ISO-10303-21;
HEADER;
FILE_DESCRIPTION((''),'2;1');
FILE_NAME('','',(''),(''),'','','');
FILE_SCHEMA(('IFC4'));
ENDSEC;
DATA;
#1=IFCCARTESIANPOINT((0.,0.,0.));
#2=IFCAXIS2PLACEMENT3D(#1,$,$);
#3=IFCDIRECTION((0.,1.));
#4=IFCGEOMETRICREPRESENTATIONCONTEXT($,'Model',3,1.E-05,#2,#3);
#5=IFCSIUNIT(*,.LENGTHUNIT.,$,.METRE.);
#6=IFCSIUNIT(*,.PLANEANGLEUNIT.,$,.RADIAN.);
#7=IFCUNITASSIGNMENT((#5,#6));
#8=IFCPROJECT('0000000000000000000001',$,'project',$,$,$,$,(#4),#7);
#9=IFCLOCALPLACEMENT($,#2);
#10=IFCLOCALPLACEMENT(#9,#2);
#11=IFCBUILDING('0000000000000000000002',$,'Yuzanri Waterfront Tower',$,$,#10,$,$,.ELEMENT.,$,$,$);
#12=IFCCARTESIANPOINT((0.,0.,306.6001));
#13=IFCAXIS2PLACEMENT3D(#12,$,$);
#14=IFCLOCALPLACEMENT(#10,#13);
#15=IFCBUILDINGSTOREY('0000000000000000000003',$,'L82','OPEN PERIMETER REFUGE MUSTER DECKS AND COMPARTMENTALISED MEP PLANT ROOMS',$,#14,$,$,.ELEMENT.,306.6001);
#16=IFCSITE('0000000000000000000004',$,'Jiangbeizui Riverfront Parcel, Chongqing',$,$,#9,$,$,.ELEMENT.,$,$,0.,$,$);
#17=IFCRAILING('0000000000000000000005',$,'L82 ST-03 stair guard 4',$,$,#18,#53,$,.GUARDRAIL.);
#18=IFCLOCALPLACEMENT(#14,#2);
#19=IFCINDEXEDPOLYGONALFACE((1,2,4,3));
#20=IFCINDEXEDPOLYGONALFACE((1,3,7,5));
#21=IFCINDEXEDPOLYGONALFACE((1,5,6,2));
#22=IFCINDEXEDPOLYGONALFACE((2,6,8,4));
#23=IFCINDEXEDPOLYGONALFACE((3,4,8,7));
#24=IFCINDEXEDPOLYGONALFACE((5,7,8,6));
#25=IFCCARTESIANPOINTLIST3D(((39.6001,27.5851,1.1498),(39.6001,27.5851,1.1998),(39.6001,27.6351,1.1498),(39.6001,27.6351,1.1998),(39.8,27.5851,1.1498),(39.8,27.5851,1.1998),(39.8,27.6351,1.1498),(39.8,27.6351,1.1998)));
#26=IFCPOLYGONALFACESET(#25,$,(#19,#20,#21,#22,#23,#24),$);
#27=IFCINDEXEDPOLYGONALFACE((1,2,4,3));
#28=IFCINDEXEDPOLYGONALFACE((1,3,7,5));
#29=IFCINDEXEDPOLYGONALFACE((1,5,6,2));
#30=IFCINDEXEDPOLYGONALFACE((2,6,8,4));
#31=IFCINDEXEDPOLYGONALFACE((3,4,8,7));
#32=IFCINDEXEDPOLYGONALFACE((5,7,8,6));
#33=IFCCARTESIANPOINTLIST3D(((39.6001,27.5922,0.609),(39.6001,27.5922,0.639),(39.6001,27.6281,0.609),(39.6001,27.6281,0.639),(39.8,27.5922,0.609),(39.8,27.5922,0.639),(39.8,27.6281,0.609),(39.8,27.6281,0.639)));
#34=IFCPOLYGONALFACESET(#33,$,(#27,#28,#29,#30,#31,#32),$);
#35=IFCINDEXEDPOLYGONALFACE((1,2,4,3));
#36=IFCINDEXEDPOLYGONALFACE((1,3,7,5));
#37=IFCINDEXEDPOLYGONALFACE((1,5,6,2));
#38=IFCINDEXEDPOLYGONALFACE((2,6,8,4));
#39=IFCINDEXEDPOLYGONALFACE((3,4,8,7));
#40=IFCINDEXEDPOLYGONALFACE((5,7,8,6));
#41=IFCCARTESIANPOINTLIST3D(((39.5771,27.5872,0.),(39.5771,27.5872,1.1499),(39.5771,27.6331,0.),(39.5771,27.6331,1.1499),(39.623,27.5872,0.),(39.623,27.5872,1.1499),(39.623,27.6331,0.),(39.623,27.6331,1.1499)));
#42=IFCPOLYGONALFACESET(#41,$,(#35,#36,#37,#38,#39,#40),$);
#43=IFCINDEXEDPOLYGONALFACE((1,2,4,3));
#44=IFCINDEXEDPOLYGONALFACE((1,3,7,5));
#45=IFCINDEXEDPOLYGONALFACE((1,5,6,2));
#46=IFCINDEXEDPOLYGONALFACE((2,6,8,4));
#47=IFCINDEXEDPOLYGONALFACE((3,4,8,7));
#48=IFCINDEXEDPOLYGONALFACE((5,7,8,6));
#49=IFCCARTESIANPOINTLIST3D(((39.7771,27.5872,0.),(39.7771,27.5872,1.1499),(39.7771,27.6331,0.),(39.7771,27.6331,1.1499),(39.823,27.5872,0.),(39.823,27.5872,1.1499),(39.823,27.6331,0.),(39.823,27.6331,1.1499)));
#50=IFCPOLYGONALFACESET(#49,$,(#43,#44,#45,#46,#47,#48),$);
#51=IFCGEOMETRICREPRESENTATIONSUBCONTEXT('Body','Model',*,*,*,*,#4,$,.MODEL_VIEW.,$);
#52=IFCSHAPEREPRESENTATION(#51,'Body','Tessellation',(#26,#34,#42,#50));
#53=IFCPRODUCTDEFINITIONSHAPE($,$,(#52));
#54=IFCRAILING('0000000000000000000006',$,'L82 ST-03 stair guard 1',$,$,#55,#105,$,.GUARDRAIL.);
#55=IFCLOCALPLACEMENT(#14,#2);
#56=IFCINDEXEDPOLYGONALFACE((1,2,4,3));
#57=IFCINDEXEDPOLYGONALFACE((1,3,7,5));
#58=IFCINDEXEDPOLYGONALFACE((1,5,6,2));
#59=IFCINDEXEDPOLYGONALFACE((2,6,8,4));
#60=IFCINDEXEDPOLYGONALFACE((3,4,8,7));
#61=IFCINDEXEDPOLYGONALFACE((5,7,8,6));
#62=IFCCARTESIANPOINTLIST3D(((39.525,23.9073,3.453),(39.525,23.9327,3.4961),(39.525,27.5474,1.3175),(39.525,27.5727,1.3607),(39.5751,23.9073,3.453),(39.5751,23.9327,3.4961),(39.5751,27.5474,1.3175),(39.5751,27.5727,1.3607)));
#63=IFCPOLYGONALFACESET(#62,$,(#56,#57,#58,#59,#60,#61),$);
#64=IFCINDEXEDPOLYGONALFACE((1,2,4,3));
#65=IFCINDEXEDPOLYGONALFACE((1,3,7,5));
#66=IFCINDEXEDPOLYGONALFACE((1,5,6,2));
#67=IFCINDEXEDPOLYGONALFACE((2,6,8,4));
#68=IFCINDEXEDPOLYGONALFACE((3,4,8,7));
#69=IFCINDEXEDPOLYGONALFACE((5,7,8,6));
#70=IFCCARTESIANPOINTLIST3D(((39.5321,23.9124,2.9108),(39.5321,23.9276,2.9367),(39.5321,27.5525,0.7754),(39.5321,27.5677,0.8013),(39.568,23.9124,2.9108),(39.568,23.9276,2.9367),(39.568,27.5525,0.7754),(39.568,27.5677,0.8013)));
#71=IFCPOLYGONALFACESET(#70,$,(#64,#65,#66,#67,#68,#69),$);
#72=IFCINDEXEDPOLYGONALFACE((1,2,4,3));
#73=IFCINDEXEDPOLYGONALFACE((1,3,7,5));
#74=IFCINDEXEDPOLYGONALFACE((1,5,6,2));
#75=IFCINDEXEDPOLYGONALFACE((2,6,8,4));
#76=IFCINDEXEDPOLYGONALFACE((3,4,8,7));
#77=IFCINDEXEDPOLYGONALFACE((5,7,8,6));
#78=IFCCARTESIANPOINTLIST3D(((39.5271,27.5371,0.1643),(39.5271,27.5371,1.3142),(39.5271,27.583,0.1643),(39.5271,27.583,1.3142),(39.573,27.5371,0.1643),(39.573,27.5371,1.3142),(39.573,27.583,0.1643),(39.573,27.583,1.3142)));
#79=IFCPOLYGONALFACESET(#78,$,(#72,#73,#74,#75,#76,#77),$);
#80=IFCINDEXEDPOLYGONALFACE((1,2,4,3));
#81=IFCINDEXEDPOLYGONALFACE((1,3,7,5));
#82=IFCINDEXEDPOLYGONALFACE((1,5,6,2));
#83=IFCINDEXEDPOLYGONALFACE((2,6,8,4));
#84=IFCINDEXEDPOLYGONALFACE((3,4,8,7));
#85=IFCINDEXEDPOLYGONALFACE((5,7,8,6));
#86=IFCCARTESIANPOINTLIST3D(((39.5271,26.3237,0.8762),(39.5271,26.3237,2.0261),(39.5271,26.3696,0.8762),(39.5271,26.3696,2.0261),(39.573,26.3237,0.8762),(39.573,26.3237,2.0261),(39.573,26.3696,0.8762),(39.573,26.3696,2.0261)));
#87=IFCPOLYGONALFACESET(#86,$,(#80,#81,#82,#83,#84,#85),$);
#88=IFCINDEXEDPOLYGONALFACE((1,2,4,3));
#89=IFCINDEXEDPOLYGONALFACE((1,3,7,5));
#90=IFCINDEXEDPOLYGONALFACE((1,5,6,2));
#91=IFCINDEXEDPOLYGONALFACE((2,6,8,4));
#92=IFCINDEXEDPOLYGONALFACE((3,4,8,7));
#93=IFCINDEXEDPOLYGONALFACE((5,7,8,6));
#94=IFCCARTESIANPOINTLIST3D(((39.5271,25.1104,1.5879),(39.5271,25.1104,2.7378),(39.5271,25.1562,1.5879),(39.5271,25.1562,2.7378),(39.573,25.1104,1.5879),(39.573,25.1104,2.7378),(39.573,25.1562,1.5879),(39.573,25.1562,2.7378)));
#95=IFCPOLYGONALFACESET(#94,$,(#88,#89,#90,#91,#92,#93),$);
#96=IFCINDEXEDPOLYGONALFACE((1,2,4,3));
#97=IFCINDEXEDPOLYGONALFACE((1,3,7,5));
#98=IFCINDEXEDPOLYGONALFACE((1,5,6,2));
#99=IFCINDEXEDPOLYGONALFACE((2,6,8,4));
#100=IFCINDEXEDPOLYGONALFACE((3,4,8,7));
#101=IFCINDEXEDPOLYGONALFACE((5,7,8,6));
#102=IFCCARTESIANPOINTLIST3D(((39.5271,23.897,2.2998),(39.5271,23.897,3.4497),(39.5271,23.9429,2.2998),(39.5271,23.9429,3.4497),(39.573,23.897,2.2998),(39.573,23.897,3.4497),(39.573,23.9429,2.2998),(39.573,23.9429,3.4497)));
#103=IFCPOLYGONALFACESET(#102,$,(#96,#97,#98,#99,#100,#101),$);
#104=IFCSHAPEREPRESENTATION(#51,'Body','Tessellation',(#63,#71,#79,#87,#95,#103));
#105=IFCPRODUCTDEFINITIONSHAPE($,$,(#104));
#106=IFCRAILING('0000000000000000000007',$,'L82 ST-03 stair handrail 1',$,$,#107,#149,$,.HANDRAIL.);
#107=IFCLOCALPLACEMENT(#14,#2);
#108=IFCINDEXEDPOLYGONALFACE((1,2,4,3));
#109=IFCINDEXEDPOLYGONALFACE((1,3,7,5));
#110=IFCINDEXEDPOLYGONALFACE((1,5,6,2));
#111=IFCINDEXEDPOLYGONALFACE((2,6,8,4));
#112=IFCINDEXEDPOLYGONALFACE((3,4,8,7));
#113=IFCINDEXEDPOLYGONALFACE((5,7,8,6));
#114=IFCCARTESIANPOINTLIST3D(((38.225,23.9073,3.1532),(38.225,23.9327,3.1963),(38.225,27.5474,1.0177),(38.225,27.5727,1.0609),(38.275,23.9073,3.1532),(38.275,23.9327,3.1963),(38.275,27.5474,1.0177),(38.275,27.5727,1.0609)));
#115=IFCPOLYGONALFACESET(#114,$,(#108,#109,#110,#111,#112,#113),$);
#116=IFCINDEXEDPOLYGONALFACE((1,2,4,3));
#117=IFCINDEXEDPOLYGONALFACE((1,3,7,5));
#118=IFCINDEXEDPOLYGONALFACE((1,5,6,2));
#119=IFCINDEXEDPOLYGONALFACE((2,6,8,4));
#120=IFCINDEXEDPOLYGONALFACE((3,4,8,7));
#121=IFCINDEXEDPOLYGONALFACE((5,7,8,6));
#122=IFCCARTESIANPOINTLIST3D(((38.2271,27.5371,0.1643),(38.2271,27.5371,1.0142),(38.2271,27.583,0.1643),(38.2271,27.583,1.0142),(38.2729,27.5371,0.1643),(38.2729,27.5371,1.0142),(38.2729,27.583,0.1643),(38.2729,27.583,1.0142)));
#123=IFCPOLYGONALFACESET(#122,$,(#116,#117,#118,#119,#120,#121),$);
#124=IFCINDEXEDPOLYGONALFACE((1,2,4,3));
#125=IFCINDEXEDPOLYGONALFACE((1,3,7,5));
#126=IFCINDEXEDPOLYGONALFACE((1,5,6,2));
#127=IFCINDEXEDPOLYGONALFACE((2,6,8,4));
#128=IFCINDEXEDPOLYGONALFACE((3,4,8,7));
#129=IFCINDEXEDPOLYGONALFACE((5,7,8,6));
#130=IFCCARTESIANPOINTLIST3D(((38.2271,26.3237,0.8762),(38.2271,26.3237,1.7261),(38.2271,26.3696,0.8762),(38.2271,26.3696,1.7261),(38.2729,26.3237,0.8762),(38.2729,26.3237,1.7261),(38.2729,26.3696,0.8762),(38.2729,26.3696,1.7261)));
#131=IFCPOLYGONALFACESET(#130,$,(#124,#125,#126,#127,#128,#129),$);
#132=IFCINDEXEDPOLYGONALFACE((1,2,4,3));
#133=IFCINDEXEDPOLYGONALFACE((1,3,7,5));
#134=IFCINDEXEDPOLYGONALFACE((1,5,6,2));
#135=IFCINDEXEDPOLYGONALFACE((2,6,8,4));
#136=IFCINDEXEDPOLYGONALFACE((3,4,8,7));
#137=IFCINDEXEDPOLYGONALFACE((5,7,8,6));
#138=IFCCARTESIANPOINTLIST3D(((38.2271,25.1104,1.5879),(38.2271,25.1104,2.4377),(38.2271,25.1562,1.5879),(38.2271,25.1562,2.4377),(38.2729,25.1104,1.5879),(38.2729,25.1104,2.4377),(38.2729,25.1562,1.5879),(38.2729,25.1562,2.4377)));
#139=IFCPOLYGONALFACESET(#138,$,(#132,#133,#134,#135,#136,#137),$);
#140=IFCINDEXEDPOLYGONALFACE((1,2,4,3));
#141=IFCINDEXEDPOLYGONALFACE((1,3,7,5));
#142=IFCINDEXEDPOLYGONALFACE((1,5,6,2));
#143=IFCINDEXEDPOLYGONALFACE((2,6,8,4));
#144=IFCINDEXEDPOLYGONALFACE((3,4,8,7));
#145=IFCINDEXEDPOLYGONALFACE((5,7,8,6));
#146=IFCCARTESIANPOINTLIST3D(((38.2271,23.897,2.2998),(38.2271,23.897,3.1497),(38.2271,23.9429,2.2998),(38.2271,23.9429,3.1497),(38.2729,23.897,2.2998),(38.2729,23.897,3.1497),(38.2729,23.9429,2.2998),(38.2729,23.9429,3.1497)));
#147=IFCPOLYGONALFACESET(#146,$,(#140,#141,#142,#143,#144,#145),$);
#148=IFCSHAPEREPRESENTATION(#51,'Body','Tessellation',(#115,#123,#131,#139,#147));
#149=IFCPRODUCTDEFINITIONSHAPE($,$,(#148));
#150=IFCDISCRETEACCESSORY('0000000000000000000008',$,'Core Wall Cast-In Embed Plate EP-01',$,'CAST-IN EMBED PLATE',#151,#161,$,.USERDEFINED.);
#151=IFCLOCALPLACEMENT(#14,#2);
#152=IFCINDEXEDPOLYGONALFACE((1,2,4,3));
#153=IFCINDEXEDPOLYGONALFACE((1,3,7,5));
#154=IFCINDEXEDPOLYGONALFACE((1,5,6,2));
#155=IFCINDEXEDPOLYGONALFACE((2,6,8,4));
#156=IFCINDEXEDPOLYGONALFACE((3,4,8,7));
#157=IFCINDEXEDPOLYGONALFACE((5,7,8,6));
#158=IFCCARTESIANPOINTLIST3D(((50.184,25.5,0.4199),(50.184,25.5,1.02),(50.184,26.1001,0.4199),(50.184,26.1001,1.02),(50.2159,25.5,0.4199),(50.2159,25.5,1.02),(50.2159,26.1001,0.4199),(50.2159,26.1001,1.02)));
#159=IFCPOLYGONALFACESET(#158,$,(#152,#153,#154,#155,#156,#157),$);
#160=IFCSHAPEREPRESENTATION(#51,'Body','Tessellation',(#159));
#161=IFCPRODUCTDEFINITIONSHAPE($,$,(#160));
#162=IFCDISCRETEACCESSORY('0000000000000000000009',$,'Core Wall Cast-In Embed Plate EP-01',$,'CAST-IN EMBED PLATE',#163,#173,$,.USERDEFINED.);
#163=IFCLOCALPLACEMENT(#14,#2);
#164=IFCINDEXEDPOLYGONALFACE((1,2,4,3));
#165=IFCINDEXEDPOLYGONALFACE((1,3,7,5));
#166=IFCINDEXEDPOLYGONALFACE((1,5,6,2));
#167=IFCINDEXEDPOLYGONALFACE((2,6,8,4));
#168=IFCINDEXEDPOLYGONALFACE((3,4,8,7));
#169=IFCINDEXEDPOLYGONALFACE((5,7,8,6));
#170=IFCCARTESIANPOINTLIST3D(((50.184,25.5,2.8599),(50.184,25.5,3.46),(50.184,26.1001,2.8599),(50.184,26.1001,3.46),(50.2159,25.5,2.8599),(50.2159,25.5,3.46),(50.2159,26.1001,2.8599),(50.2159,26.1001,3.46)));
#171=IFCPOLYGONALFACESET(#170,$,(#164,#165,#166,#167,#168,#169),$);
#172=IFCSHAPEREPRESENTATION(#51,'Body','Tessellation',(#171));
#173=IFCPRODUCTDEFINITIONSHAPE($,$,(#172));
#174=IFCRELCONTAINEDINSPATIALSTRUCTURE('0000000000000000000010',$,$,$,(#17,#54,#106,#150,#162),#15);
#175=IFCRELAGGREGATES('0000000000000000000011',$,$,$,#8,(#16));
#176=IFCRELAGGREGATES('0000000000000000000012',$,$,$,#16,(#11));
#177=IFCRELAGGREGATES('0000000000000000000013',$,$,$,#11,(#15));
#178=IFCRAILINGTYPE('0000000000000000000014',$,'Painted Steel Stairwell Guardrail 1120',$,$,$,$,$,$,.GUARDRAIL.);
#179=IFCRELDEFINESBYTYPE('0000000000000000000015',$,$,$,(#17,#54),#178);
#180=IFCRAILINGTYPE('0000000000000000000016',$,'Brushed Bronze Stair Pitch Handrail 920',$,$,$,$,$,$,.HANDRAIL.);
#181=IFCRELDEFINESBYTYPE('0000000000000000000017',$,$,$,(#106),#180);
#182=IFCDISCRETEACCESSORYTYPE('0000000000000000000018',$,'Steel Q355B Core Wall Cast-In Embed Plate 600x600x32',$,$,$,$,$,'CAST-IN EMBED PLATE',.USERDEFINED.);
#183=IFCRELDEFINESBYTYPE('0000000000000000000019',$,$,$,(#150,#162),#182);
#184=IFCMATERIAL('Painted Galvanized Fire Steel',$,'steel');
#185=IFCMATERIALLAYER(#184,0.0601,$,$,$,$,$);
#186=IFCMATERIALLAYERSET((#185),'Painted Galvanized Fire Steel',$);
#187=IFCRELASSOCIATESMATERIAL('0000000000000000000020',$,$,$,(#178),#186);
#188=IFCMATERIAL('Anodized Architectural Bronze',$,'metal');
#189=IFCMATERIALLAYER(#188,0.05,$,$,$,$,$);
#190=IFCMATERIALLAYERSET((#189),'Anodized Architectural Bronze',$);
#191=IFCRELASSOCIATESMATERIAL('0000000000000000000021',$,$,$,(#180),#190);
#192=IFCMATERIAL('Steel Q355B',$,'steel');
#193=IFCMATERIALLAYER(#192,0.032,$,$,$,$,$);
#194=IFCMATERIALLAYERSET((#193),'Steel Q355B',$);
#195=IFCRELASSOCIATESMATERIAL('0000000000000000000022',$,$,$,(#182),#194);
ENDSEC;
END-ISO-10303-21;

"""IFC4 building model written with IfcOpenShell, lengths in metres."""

from ifc_helpers import new_model, si_unit, direction, frame, origin, origin_2d, place, context, subcontext, project, spatial, rectangle, extrude, source, transform, mapped, material, layer, layer_set, type_object, element, save


model = new_model("IFC4")

# Units and contexts
model_context = context("Model", 3, precision=1e-05, world=origin(), true_north=direction((0.0, 1.0)))
body_context = subcontext(model_context, "Body", "Model", "MODEL_VIEW")
ifc_project = project(units=[si_unit("LENGTHUNIT", "METRE"), si_unit("PLANEANGLEUNIT", "RADIAN")], contexts=[model_context])

# Site, building, storey
site_placement = place(None, origin())
site = spatial("IfcSite", under=ifc_project, at=site_placement, Name="Jiangbeizui Riverfront Parcel, Chongqing", CompositionType="ELEMENT", RefElevation=0.0)
building_placement = place(site_placement, origin())
building = spatial("IfcBuilding", under=site, at=building_placement, Name="Yuzanri Waterfront Tower", CompositionType="ELEMENT")
storey_placement = place(building_placement, frame((0.0, 0.0, 306.6001)))
storey = spatial("IfcBuildingStorey", under=building, at=storey_placement, Name="L82", Description="OPEN PERIMETER REFUGE MUSTER DECKS AND COMPARTMENTALISED MEP PLANT ROOMS", CompositionType="ELEMENT", Elevation=306.6001)

# Railings
ifc_material_1 = material(Name="Painted Galvanized Fire Steel", Category="steel")
ifc_layer_1 = layer(ifc_material_1, 0.0601)
ifc_layer_set_1 = layer_set([ifc_layer_1], Name="Painted Galvanized Fire Steel")
railing_type_1 = type_object("IfcRailingType", Name="Painted Steel Stairwell Guardrail 1120", PredefinedType="GUARDRAIL", material=ifc_layer_set_1)
ifc_material_2 = material(Name="Anodized Architectural Bronze", Category="metal")
ifc_layer_2 = layer(ifc_material_2, 0.05)
ifc_layer_set_2 = layer_set([ifc_layer_2], Name="Anodized Architectural Bronze")
railing_type_2 = type_object("IfcRailingType", Name="Brushed Bronze Stair Pitch Handrail 920", PredefinedType="HANDRAIL", material=ifc_layer_set_2)
shared_shape_1 = source(origin(), body_context, "Body", "SweptSolid", [
    extrude(rectangle(XDim=0.05, YDim=0.05, at=origin_2d()), frame((0.0, 0.0, 1.1748), z_axis=(1.0, 0.0, 0.0), x_axis=(0.0, 1.0, 0.0)), (0.0, 0.0, 1.0), 0.2),
    extrude(rectangle(XDim=0.0359, YDim=0.03, at=origin_2d()), frame((0.0, 0.0, 0.624), z_axis=(1.0, 0.0, 0.0), x_axis=(0.0, 1.0, 0.0)), (0.0, 0.0, 1.0), 0.2),
    extrude(rectangle(XDim=0.0459, YDim=0.0459, at=origin_2d()), origin(), (0.0, 0.0, 1.0), 1.1499),
    extrude(rectangle(XDim=0.0459, YDim=0.0459, at=origin_2d()), frame((0.2, 0.0, 0.0)), (0.0, 0.0, 1.0), 1.1499),
])
railing_1_placement = place(storey_placement, frame((39.6001, 27.6101, 0.0)))
element("IfcRailing", 1, at=railing_1_placement, inside=storey, type_object=railing_type_1, Name="L82 ST-03 stair guard 4", PredefinedType="GUARDRAIL", context=body_context, shape_type="MappedRepresentation", body=[
    mapped(shared_shape_1, transform((0.0, 0.0, 0.0), scale=1.0)),
])
shared_shape_2 = source(origin(), body_context, "Body", "SweptSolid", [
    extrude(rectangle(XDim=0.05, YDim=0.05, at=origin_2d()), frame((0.0, 0.0, 1.1748), z_axis=(0.0, -0.86253, 0.506006), x_axis=(1.0, 0.0, 0.0)), (0.0, 0.0, 1.0), 4.2202),
    extrude(rectangle(XDim=0.0359, YDim=0.03, at=origin_2d()), frame((0.0, 0.0, 0.624), z_axis=(0.0, -0.86253, 0.506006), x_axis=(1.0, 0.0, 0.0)), (0.0, 0.0, 1.0), 4.2202),
    extrude(rectangle(XDim=0.0459, YDim=0.0459, at=origin_2d()), origin(), (0.0, 0.0, 1.0), 1.1499),
    extrude(rectangle(XDim=0.0459, YDim=0.0459, at=origin_2d()), frame((0.0, -1.2134, 0.7119)), (0.0, 0.0, 1.0), 1.1499),
    extrude(rectangle(XDim=0.0459, YDim=0.0459, at=origin_2d()), frame((0.0, -2.4268, 1.4236)), (0.0, 0.0, 1.0), 1.1499),
    extrude(rectangle(XDim=0.0459, YDim=0.0459, at=origin_2d()), frame((0.0, -3.6401, 2.1355)), (0.0, 0.0, 1.0), 1.1499),
])
railing_2_placement = place(storey_placement, frame((39.55, 27.5601, 0.1643)))
element("IfcRailing", 2, at=railing_2_placement, inside=storey, type_object=railing_type_1, Name="L82 ST-03 stair guard 1", PredefinedType="GUARDRAIL", context=body_context, shape_type="MappedRepresentation", body=[
    mapped(shared_shape_2, transform((0.0, 0.0, 0.0), scale=1.0)),
])
shared_shape_3 = source(origin(), body_context, "Body", "SweptSolid", [
    extrude(rectangle(XDim=0.05, YDim=0.05, at=origin_2d()), frame((0.0, 0.0, 0.875), z_axis=(0.0, -0.86253, 0.506006), x_axis=(1.0, 0.0, 0.0)), (0.0, 0.0, 1.0), 4.2202),
    extrude(rectangle(XDim=0.0459, YDim=0.0459, at=origin_2d()), origin(), (0.0, 0.0, 1.0), 0.8499),
    extrude(rectangle(XDim=0.0459, YDim=0.0459, at=origin_2d()), frame((0.0, -1.2134, 0.7119)), (0.0, 0.0, 1.0), 0.8499),
    extrude(rectangle(XDim=0.0459, YDim=0.0459, at=origin_2d()), frame((0.0, -2.4268, 1.4236)), (0.0, 0.0, 1.0), 0.8499),
    extrude(rectangle(XDim=0.0459, YDim=0.0459, at=origin_2d()), frame((0.0, -3.6401, 2.1355)), (0.0, 0.0, 1.0), 0.8499),
])
railing_3_placement = place(storey_placement, frame((38.25, 27.5601, 0.1643)))
element("IfcRailing", 3, at=railing_3_placement, inside=storey, type_object=railing_type_2, Name="L82 ST-03 stair handrail 1", PredefinedType="HANDRAIL", context=body_context, shape_type="MappedRepresentation", body=[
    mapped(shared_shape_3, transform((0.0, 0.0, 0.0), scale=1.0)),
])

# Discrete accessories
ifc_material_3 = material(Name="Steel Q355B", Category="steel")
ifc_layer_3 = layer(ifc_material_3, 0.032)
ifc_layer_set_3 = layer_set([ifc_layer_3], Name="Steel Q355B")
discrete_accessory_type = type_object("IfcDiscreteAccessoryType", Name="Steel Q355B Core Wall Cast-In Embed Plate 600x600x32", ElementType="CAST-IN EMBED PLATE", PredefinedType="USERDEFINED", material=ifc_layer_set_3)
shared_shape_4 = source(origin(), body_context, "Body", "SweptSolid", [
    extrude(rectangle(XDim=0.6001, YDim=0.032, at=origin_2d()), origin(), (0.0, 0.0, 1.0), 0.6001),
])
for number, where, z_axis, x_axis, name in (
    (4, (50.2, 25.8, 0.4199), (0.0, 0.0, 1.0), (0.0, 1.0, 0.0), "Core Wall Cast-In Embed Plate EP-01"),
    (5, (50.2, 25.8, 2.8599), (0.0, 0.0, 1.0), (0.0, 1.0, 0.0), "Core Wall Cast-In Embed Plate EP-01"),
):
    element("IfcDiscreteAccessory", number, at=place(storey_placement, frame(where, z_axis=z_axis, x_axis=x_axis)), inside=storey, type_object=discrete_accessory_type, Name=name, ObjectType="CAST-IN EMBED PLATE", PredefinedType="USERDEFINED", context=body_context, shape_type="MappedRepresentation", body=[
        mapped(shared_shape_4, transform((0.0, 0.0, 0.0), scale=1.0)),
    ])

save(model, "model.ifc")
